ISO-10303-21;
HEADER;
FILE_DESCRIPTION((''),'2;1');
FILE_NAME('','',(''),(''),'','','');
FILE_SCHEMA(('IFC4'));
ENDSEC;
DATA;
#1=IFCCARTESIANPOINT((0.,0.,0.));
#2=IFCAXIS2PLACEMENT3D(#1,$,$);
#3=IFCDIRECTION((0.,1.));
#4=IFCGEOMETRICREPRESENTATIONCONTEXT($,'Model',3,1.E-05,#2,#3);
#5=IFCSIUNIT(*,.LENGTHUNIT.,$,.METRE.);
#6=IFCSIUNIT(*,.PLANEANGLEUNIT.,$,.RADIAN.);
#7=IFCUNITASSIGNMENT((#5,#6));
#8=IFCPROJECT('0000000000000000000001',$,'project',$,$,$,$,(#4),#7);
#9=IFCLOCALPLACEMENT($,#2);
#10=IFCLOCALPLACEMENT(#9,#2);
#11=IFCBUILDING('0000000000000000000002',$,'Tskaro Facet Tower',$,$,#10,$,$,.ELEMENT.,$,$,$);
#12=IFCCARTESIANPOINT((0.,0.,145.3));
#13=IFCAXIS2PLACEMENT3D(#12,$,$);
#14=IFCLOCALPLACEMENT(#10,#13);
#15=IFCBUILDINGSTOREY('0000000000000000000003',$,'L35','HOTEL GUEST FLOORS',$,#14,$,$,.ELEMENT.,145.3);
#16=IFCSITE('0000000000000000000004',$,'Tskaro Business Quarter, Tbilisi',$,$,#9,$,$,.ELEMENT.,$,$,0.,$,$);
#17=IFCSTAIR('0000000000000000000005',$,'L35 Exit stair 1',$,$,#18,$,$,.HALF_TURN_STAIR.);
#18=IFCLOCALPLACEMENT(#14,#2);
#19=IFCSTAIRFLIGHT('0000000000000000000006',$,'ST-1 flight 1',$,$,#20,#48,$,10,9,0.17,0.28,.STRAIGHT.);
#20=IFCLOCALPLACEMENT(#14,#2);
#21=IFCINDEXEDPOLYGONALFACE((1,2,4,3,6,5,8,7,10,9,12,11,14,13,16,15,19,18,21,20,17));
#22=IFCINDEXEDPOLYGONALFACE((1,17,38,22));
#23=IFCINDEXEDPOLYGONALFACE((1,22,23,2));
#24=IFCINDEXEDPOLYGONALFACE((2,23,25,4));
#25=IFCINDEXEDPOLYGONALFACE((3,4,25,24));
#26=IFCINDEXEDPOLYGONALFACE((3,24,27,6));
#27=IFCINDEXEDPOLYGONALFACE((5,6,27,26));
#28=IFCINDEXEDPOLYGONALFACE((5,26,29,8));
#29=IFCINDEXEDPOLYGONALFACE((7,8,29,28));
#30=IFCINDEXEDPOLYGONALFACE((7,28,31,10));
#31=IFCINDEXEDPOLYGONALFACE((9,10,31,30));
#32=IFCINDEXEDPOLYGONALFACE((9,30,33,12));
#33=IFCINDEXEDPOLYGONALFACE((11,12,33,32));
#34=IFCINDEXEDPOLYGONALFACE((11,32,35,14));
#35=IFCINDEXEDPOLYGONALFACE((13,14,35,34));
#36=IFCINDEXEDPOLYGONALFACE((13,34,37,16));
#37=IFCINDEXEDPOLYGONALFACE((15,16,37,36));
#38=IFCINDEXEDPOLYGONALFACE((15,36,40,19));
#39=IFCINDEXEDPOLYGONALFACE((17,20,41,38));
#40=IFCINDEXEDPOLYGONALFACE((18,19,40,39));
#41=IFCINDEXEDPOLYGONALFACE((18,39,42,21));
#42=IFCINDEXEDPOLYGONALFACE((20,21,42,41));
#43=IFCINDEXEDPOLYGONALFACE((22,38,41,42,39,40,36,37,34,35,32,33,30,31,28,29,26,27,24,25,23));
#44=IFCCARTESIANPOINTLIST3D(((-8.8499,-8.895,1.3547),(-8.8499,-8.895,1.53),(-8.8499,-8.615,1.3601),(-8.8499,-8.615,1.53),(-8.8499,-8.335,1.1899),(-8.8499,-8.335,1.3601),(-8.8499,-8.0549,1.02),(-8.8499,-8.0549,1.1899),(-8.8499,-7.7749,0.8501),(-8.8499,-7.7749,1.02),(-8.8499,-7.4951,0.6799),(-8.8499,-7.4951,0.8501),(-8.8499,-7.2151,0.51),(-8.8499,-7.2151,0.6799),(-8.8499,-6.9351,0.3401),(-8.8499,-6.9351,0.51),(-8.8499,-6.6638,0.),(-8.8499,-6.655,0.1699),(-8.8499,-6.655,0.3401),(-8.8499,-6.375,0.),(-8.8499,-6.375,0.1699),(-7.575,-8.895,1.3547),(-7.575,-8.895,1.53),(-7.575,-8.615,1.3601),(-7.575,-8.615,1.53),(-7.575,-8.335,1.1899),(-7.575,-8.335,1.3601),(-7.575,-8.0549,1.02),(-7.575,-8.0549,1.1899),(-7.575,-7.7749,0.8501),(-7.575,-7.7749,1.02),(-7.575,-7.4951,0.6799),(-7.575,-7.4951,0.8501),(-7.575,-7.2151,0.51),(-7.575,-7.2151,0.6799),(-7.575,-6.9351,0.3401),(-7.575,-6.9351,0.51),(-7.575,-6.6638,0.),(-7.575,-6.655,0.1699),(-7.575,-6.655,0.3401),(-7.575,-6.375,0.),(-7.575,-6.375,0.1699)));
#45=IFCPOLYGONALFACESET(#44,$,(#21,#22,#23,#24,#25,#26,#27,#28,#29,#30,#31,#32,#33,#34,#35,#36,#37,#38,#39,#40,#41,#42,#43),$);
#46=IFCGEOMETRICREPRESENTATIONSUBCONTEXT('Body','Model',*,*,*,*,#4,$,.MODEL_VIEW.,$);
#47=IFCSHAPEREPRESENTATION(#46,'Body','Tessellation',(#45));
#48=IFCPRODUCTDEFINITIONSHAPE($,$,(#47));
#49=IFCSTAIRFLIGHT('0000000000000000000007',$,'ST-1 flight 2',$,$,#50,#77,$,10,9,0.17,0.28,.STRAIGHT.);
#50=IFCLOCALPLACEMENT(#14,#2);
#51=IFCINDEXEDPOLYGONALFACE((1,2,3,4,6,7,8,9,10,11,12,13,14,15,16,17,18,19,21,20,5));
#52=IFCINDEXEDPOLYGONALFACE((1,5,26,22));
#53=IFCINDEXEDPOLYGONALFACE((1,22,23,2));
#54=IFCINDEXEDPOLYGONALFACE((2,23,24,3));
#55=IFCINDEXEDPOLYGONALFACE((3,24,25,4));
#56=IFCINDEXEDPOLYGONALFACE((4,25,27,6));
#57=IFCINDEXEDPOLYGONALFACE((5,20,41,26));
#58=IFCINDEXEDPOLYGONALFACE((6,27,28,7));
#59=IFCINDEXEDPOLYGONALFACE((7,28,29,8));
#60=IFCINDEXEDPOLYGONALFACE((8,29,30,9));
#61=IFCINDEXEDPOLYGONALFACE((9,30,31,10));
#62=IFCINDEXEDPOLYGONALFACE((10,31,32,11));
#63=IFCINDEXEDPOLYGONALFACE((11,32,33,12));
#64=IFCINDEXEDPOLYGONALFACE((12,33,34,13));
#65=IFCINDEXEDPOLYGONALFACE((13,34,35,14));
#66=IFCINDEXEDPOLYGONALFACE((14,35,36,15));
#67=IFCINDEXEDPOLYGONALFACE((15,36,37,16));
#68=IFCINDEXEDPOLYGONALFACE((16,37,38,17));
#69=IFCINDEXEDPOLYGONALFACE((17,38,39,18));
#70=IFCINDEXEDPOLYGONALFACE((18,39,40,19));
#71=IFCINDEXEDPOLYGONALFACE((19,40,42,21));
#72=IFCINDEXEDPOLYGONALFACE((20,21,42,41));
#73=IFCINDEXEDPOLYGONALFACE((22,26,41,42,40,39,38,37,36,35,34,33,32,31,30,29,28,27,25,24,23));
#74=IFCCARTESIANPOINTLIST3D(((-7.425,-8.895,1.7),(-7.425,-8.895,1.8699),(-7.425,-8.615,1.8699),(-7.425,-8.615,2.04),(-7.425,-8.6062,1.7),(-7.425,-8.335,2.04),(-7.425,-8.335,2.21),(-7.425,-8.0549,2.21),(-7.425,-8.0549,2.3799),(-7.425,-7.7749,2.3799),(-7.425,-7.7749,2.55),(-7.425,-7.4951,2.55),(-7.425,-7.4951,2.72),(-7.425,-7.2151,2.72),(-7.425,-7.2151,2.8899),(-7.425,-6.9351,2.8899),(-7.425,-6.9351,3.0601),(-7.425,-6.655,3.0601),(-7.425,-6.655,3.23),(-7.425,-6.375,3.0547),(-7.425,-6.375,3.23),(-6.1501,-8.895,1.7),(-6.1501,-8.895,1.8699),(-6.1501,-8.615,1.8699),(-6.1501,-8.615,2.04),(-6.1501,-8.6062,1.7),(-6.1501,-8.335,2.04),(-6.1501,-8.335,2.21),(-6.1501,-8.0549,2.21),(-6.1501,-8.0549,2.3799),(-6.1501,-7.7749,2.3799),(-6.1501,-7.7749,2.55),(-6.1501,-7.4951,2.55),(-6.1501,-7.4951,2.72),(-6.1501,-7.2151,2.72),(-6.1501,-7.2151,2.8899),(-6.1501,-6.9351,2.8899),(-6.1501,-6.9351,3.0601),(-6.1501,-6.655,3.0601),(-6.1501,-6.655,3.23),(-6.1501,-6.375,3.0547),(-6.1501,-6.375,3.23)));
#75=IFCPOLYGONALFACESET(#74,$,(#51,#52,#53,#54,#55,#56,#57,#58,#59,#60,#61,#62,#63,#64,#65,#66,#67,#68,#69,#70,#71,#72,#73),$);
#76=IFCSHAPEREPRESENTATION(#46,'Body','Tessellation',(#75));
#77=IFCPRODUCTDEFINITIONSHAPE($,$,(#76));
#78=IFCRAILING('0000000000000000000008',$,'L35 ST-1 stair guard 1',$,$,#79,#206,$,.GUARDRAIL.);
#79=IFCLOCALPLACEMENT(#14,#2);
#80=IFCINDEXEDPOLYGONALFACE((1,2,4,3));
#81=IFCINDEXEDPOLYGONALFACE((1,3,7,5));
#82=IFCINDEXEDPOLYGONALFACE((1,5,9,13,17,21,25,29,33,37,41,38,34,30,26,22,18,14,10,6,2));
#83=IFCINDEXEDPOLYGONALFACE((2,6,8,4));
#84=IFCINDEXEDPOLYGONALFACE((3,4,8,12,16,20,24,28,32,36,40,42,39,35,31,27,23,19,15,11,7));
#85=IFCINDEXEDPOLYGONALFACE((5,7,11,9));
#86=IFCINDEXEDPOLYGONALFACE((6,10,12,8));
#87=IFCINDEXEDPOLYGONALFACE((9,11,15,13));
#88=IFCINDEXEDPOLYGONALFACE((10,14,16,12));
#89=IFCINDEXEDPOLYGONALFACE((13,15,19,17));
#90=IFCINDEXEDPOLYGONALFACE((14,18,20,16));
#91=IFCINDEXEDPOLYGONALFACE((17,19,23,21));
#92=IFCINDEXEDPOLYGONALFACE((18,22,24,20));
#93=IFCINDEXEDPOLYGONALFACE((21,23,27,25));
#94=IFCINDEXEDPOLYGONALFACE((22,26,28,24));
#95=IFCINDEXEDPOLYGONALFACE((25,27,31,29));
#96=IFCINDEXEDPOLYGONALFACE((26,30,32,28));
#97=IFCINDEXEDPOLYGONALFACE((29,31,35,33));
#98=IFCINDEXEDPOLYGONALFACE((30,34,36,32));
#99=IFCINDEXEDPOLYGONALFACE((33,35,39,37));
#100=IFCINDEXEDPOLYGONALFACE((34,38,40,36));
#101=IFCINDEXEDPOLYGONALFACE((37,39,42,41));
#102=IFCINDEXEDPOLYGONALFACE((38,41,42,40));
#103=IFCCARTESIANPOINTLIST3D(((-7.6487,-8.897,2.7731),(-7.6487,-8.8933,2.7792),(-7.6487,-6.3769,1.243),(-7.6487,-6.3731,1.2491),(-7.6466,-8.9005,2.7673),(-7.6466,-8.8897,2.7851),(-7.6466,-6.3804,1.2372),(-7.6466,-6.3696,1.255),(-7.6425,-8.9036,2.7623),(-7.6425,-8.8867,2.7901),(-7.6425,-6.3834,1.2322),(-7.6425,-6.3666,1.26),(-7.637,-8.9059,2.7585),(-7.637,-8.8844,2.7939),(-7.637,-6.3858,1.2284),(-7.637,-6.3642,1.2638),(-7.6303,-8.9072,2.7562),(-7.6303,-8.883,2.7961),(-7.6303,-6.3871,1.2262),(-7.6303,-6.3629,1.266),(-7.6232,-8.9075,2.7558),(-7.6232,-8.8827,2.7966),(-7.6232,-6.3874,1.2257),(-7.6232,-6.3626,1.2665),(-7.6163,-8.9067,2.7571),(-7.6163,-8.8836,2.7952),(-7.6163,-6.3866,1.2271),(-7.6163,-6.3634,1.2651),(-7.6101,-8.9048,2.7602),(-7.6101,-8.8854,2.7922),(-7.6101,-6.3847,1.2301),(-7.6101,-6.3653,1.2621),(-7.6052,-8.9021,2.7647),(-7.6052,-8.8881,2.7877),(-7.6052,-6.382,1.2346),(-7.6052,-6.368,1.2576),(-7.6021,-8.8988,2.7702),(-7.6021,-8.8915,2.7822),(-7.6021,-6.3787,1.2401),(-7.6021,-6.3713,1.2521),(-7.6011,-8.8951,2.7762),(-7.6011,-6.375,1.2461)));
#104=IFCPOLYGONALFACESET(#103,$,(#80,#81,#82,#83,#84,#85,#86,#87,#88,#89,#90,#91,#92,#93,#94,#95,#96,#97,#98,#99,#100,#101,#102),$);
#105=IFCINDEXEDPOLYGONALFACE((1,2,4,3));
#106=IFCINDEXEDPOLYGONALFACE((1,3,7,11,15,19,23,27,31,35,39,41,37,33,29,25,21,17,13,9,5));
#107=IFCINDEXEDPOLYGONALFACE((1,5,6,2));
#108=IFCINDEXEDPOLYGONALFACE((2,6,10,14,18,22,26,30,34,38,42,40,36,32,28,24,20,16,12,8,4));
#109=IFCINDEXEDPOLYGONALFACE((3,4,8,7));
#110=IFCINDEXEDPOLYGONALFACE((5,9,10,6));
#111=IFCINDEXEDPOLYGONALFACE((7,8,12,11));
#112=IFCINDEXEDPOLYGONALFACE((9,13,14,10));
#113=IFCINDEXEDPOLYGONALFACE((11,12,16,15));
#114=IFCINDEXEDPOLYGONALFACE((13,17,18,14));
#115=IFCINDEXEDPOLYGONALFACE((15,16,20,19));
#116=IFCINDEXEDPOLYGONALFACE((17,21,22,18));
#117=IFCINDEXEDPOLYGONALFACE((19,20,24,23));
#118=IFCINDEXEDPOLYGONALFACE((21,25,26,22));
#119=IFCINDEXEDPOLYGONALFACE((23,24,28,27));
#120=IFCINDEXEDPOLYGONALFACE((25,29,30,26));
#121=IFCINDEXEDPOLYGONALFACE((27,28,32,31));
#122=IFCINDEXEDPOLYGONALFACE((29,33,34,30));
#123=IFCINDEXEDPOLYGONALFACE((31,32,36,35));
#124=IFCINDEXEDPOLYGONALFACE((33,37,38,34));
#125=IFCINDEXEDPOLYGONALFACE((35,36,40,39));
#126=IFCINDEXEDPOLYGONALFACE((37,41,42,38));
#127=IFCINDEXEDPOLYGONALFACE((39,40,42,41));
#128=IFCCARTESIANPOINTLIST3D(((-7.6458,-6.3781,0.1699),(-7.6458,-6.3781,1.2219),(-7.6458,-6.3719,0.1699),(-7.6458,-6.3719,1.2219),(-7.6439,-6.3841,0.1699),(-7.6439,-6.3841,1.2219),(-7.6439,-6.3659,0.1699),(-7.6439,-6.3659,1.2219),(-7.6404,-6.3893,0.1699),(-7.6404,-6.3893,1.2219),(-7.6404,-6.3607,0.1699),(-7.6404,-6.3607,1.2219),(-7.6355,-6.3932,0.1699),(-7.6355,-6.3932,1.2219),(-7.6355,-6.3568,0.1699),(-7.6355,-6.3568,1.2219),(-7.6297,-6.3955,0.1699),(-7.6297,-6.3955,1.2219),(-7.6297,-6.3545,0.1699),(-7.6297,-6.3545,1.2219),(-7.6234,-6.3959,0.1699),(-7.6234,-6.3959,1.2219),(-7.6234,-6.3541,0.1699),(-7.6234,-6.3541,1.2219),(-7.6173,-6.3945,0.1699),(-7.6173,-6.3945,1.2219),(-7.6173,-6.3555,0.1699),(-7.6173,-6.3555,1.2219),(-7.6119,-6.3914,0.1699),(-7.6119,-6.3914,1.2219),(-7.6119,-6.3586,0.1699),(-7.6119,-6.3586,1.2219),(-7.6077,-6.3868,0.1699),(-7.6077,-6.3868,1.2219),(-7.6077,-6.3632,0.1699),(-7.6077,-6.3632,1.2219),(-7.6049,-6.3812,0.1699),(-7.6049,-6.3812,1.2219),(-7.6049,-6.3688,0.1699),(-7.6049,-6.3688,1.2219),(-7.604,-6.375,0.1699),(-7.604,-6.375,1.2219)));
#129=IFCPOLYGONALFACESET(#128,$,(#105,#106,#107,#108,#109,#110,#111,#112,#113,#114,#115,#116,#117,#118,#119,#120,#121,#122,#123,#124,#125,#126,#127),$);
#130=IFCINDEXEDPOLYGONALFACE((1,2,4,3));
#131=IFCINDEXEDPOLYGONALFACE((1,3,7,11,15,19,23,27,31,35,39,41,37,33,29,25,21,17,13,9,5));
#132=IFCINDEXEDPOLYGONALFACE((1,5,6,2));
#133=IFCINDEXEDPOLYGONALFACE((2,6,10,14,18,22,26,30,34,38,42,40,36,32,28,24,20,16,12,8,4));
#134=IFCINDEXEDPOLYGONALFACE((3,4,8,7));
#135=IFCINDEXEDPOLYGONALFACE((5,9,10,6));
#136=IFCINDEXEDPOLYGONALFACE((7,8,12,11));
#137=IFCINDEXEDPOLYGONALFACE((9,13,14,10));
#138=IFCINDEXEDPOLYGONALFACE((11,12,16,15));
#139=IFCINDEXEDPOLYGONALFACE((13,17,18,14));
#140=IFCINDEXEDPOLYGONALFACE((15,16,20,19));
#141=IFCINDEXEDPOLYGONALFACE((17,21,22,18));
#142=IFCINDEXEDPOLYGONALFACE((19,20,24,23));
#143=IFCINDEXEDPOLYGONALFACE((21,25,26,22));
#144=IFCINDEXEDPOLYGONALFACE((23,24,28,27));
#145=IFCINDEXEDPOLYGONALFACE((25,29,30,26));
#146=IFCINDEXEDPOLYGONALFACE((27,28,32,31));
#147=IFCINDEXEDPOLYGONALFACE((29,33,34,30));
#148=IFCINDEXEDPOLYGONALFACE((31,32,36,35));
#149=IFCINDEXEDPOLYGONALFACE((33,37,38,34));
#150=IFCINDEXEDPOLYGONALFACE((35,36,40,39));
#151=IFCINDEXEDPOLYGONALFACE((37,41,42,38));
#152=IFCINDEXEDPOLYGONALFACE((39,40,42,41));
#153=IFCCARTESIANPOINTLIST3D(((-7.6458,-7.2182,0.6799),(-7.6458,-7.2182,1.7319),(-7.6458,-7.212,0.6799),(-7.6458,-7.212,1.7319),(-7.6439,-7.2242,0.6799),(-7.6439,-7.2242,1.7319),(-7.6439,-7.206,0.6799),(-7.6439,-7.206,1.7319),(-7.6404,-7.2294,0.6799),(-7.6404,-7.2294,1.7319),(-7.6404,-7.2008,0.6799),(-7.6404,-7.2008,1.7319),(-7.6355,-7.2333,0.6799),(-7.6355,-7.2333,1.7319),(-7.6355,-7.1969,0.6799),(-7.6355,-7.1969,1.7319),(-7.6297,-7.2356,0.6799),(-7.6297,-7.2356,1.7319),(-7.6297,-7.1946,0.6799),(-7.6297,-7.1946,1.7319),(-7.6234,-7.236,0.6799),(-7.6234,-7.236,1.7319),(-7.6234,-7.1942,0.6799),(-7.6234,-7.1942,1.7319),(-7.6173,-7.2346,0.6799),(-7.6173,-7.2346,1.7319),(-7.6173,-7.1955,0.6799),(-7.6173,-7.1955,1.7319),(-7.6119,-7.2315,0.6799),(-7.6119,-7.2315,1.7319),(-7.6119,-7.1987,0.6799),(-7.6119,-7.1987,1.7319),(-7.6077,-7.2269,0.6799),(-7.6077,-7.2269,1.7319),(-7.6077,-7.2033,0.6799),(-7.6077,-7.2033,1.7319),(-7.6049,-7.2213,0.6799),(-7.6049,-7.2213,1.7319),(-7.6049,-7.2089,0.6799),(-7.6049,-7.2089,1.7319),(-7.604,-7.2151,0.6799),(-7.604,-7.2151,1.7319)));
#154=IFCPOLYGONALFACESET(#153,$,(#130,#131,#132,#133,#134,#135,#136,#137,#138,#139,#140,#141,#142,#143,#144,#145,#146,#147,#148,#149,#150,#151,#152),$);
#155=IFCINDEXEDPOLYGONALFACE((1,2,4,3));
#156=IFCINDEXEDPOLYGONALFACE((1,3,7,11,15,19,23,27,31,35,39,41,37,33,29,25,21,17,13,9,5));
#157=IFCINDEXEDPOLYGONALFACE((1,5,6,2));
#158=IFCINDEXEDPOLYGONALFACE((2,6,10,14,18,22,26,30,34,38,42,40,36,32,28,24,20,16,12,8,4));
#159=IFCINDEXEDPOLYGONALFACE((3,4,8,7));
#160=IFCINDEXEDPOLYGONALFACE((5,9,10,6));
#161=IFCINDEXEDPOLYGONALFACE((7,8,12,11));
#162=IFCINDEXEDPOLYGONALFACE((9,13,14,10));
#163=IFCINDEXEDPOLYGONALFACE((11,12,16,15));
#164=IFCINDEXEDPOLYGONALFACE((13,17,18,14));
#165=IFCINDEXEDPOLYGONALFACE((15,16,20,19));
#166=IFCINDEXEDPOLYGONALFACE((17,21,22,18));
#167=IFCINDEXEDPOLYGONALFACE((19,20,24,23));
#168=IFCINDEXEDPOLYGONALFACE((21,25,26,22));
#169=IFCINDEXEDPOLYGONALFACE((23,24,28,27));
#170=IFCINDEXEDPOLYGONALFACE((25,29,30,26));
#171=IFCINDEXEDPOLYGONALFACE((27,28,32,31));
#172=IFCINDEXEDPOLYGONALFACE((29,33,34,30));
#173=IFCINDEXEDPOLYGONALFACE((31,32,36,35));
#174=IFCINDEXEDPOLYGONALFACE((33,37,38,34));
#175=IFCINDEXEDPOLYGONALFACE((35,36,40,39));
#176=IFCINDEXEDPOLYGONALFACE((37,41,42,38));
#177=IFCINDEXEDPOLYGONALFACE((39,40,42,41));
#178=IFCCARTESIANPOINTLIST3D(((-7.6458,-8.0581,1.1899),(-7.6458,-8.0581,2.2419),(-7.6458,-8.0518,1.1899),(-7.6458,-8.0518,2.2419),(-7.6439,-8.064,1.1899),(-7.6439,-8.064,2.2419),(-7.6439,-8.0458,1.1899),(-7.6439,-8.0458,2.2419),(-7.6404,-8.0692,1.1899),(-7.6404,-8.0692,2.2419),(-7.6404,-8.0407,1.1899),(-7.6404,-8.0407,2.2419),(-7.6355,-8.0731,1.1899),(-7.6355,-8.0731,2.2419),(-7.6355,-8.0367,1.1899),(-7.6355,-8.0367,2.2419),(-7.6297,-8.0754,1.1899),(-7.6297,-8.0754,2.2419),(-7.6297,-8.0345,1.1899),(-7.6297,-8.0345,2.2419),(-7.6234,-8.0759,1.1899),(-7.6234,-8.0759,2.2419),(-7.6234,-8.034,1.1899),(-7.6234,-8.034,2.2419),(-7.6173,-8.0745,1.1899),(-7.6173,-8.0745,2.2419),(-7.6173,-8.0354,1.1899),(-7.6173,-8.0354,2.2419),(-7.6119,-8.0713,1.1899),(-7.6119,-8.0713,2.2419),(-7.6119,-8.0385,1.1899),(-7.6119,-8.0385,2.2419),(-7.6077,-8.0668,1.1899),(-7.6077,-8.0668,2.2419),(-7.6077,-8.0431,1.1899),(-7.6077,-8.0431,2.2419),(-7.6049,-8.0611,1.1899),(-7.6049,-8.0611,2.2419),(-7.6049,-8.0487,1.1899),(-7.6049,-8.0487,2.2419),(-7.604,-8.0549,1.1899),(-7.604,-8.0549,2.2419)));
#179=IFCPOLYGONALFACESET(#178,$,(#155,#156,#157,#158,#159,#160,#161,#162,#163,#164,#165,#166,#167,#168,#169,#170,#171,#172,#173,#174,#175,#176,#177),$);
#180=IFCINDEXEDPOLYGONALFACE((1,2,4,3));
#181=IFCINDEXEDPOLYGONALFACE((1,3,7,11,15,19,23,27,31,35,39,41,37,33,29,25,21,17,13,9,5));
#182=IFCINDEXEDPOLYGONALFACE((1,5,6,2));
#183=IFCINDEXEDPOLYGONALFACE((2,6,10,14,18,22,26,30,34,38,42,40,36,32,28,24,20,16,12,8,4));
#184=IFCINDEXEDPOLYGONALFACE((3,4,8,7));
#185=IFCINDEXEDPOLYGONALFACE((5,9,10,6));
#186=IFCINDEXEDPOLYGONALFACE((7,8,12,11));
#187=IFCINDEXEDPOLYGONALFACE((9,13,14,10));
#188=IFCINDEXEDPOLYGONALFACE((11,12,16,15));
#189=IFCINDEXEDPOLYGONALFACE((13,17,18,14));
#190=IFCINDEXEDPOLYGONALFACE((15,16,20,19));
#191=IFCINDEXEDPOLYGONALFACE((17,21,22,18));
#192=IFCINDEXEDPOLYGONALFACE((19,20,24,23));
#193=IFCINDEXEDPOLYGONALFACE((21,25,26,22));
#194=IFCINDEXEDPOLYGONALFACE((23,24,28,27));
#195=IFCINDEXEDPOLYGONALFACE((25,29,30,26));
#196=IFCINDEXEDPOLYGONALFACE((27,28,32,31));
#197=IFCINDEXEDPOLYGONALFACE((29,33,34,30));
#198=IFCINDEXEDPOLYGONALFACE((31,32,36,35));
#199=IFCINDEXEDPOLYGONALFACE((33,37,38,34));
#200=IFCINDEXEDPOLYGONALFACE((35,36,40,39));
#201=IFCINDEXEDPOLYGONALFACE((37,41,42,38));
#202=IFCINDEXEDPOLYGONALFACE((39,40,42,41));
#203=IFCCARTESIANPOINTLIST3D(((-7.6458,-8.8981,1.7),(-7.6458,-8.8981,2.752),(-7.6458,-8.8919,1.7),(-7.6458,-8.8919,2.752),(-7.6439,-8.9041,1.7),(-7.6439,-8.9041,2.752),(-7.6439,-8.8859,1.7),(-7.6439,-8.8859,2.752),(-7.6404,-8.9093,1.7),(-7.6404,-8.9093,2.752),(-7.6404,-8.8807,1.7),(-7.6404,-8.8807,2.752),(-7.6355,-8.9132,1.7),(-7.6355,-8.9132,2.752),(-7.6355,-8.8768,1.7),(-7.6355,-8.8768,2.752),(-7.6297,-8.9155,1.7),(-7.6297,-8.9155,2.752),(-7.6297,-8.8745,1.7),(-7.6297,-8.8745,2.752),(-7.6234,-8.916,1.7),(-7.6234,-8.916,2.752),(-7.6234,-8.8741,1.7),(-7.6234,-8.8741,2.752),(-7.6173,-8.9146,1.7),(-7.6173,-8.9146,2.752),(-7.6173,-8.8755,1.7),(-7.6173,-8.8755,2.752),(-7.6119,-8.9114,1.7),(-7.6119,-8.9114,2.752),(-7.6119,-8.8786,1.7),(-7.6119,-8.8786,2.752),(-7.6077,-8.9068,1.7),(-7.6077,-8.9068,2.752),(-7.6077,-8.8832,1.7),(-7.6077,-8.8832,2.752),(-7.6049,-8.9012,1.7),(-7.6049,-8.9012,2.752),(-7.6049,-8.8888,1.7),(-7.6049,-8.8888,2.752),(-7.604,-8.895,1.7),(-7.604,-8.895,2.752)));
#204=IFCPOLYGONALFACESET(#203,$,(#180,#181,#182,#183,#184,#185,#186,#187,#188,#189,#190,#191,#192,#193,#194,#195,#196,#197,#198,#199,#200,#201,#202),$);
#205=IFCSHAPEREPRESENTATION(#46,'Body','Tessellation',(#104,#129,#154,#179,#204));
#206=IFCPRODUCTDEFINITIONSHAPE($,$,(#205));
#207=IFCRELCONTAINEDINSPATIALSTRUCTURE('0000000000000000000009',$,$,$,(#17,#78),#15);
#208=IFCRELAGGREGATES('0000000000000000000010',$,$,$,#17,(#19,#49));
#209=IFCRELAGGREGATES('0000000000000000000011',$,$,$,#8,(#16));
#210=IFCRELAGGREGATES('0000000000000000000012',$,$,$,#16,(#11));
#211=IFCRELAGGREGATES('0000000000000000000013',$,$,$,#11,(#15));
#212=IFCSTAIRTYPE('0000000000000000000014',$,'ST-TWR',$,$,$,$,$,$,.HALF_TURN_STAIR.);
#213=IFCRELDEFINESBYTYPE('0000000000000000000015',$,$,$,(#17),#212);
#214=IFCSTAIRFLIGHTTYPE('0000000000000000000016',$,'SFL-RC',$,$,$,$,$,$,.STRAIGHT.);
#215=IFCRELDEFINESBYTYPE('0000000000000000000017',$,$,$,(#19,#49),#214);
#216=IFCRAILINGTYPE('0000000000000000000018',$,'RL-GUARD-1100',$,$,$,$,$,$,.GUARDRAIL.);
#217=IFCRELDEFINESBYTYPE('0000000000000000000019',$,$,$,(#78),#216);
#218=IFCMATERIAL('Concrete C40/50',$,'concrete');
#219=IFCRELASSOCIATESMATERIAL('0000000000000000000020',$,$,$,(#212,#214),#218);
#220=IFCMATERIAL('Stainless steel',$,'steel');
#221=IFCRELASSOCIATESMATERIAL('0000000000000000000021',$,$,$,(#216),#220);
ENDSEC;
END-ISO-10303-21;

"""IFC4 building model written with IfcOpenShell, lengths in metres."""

from ifc_helpers import new_model, si_unit, direction, frame, origin, origin_2d, place, context, subcontext, project, spatial, polyline, circle, outline, extrude, material, type_object, element, aggregate, save


model = new_model("IFC4")

# Units and contexts
model_context = context("Model", 3, precision=1e-05, world=origin(), true_north=direction((0.0, 1.0)))
body_context = subcontext(model_context, "Body", "Model", "MODEL_VIEW")
ifc_project = project(units=[si_unit("LENGTHUNIT", "METRE"), si_unit("PLANEANGLEUNIT", "RADIAN")], contexts=[model_context])

# Site, building, storey
site_placement = place(None, origin())
site = spatial("IfcSite", under=ifc_project, at=site_placement, Name="Tskaro Business Quarter, Tbilisi", CompositionType="ELEMENT", RefElevation=0.0)
building_placement = place(site_placement, origin())
building = spatial("IfcBuilding", under=site, at=building_placement, Name="Tskaro Facet Tower", CompositionType="ELEMENT")
storey_placement = place(building_placement, frame((0.0, 0.0, 145.3)))
storey = spatial("IfcBuildingStorey", under=building, at=storey_placement, Name="L35", Description="HOTEL GUEST FLOORS", CompositionType="ELEMENT", Elevation=145.3)

# Stair
ifc_material_1 = material(Name="Concrete C40/50", Category="concrete")
stair_type = type_object("IfcStairType", Name="ST-TWR", PredefinedType="HALF_TURN_STAIR", material=ifc_material_1)
stair_placement = place(storey_placement, origin())
stair = element("IfcStair", 1, at=stair_placement, inside=storey, type_object=stair_type, Name="L35 Exit stair 1", PredefinedType="HALF_TURN_STAIR")

# Shared definitions
ifc_material_2 = material(Name="Stainless steel", Category="steel")

# Stair flights
stair_flight_type = type_object("IfcStairFlightType", Name="SFL-RC", PredefinedType="STRAIGHT", material=ifc_material_1)
stair_flight_1_placement = place(storey_placement, frame((-8.2124, -6.375, 0.0), z_axis=(0.0, 0.0, 1.0), x_axis=(0.0, -1.0, 0.0)))
stair_flight_1 = element("IfcStairFlight", 2, at=stair_flight_1_placement, type_object=stair_flight_type, Name="ST-1 flight 1", NumberOfRisers=10, NumberOfTreads=9, PredefinedType="STRAIGHT", RiserHeight=0.17, TreadLength=0.28, context=body_context, shape_type="SweptSolid", body=[
    extrude(outline(polyline([(0.0, 0.0), (0.0, 0.1699), (0.28, 0.1699), (0.28, 0.3401), (0.5601, 0.3401), (0.5601, 0.51), (0.8401, 0.51), (0.8401, 0.6799), (1.1201, 0.6799), (1.1201, 0.8501), (1.3999, 0.8501), (1.3999, 1.02), (1.6799, 1.02), (1.6799, 1.1899), (1.96, 1.1899), (1.96, 1.3601), (2.24, 1.3601), (2.24, 1.53), (2.52, 1.53), (2.52, 1.7), (2.52, 1.3547), (0.2888, 0.0), (0.0, 0.0)])), frame((0.0, 0.6375, 0.0), z_axis=(0.0, -1.0, 0.0), x_axis=(1.0, 0.0, 0.0)), (0.0, 0.0, 1.0), 1.2749),
])
stair_flight_2_placement = place(storey_placement, frame((-6.7876, -8.895, 1.7), z_axis=(0.0, 0.0, 1.0), x_axis=(0.0, 1.0, 0.0)))
stair_flight_2 = element("IfcStairFlight", 3, at=stair_flight_2_placement, type_object=stair_flight_type, Name="ST-1 flight 2", NumberOfRisers=10, NumberOfTreads=9, PredefinedType="STRAIGHT", RiserHeight=0.17, TreadLength=0.28, context=body_context, shape_type="SweptSolid", body=[
    extrude(outline(polyline([(0.0, 0.0), (0.0, 0.1699), (0.28, 0.1699), (0.28, 0.3401), (0.5601, 0.3401), (0.5601, 0.51), (0.8401, 0.51), (0.8401, 0.6799), (1.1201, 0.6799), (1.1201, 0.8501), (1.3999, 0.8501), (1.3999, 1.02), (1.6799, 1.02), (1.6799, 1.1899), (1.96, 1.1899), (1.96, 1.3601), (2.24, 1.3601), (2.24, 1.53), (2.52, 1.53), (2.52, 1.7), (2.52, 1.3547), (0.2888, 0.0), (0.0, 0.0)])), frame((0.0, 0.6375, 0.0), z_axis=(0.0, -1.0, 0.0), x_axis=(1.0, 0.0, 0.0)), (0.0, 0.0, 1.0), 1.2749),
])
aggregate(stair, [stair_flight_1, stair_flight_2])

# Railing
railing_type_1 = type_object("IfcRailingType", Name="RL-GUARD-1100", PredefinedType="GUARDRAIL", material=ifc_material_2)
railing_1_placement = place(storey_placement, frame((-7.625, -6.375, 0.1699)))
element("IfcRailing", 4, at=railing_1_placement, inside=storey, type_object=railing_type_1, Name="L35 ST-1 stair guard 1", PredefinedType="GUARDRAIL", context=body_context, shape_type="SweptSolid", body=[
    extrude(circle(Radius=0.0239, at=origin_2d()), frame((0.0, 0.0, 1.0762), z_axis=(0.0, -0.854785, 0.518982), x_axis=(1.0, 0.0, 0.0)), (0.0, 0.0, 1.0), 2.9482),
    extrude(circle(Radius=0.021, at=origin_2d()), origin(), (0.0, 0.0, 1.0), 1.052),
    extrude(circle(Radius=0.021, at=origin_2d()), frame((0.0, -0.8401, 0.51)), (0.0, 0.0, 1.0), 1.052),
    extrude(circle(Radius=0.021, at=origin_2d()), frame((0.0, -1.6799, 1.02)), (0.0, 0.0, 1.0), 1.052),
    extrude(circle(Radius=0.021, at=origin_2d()), frame((0.0, -2.52, 1.53)), (0.0, 0.0, 1.0), 1.052),
])

save(model, "model.ifc")
